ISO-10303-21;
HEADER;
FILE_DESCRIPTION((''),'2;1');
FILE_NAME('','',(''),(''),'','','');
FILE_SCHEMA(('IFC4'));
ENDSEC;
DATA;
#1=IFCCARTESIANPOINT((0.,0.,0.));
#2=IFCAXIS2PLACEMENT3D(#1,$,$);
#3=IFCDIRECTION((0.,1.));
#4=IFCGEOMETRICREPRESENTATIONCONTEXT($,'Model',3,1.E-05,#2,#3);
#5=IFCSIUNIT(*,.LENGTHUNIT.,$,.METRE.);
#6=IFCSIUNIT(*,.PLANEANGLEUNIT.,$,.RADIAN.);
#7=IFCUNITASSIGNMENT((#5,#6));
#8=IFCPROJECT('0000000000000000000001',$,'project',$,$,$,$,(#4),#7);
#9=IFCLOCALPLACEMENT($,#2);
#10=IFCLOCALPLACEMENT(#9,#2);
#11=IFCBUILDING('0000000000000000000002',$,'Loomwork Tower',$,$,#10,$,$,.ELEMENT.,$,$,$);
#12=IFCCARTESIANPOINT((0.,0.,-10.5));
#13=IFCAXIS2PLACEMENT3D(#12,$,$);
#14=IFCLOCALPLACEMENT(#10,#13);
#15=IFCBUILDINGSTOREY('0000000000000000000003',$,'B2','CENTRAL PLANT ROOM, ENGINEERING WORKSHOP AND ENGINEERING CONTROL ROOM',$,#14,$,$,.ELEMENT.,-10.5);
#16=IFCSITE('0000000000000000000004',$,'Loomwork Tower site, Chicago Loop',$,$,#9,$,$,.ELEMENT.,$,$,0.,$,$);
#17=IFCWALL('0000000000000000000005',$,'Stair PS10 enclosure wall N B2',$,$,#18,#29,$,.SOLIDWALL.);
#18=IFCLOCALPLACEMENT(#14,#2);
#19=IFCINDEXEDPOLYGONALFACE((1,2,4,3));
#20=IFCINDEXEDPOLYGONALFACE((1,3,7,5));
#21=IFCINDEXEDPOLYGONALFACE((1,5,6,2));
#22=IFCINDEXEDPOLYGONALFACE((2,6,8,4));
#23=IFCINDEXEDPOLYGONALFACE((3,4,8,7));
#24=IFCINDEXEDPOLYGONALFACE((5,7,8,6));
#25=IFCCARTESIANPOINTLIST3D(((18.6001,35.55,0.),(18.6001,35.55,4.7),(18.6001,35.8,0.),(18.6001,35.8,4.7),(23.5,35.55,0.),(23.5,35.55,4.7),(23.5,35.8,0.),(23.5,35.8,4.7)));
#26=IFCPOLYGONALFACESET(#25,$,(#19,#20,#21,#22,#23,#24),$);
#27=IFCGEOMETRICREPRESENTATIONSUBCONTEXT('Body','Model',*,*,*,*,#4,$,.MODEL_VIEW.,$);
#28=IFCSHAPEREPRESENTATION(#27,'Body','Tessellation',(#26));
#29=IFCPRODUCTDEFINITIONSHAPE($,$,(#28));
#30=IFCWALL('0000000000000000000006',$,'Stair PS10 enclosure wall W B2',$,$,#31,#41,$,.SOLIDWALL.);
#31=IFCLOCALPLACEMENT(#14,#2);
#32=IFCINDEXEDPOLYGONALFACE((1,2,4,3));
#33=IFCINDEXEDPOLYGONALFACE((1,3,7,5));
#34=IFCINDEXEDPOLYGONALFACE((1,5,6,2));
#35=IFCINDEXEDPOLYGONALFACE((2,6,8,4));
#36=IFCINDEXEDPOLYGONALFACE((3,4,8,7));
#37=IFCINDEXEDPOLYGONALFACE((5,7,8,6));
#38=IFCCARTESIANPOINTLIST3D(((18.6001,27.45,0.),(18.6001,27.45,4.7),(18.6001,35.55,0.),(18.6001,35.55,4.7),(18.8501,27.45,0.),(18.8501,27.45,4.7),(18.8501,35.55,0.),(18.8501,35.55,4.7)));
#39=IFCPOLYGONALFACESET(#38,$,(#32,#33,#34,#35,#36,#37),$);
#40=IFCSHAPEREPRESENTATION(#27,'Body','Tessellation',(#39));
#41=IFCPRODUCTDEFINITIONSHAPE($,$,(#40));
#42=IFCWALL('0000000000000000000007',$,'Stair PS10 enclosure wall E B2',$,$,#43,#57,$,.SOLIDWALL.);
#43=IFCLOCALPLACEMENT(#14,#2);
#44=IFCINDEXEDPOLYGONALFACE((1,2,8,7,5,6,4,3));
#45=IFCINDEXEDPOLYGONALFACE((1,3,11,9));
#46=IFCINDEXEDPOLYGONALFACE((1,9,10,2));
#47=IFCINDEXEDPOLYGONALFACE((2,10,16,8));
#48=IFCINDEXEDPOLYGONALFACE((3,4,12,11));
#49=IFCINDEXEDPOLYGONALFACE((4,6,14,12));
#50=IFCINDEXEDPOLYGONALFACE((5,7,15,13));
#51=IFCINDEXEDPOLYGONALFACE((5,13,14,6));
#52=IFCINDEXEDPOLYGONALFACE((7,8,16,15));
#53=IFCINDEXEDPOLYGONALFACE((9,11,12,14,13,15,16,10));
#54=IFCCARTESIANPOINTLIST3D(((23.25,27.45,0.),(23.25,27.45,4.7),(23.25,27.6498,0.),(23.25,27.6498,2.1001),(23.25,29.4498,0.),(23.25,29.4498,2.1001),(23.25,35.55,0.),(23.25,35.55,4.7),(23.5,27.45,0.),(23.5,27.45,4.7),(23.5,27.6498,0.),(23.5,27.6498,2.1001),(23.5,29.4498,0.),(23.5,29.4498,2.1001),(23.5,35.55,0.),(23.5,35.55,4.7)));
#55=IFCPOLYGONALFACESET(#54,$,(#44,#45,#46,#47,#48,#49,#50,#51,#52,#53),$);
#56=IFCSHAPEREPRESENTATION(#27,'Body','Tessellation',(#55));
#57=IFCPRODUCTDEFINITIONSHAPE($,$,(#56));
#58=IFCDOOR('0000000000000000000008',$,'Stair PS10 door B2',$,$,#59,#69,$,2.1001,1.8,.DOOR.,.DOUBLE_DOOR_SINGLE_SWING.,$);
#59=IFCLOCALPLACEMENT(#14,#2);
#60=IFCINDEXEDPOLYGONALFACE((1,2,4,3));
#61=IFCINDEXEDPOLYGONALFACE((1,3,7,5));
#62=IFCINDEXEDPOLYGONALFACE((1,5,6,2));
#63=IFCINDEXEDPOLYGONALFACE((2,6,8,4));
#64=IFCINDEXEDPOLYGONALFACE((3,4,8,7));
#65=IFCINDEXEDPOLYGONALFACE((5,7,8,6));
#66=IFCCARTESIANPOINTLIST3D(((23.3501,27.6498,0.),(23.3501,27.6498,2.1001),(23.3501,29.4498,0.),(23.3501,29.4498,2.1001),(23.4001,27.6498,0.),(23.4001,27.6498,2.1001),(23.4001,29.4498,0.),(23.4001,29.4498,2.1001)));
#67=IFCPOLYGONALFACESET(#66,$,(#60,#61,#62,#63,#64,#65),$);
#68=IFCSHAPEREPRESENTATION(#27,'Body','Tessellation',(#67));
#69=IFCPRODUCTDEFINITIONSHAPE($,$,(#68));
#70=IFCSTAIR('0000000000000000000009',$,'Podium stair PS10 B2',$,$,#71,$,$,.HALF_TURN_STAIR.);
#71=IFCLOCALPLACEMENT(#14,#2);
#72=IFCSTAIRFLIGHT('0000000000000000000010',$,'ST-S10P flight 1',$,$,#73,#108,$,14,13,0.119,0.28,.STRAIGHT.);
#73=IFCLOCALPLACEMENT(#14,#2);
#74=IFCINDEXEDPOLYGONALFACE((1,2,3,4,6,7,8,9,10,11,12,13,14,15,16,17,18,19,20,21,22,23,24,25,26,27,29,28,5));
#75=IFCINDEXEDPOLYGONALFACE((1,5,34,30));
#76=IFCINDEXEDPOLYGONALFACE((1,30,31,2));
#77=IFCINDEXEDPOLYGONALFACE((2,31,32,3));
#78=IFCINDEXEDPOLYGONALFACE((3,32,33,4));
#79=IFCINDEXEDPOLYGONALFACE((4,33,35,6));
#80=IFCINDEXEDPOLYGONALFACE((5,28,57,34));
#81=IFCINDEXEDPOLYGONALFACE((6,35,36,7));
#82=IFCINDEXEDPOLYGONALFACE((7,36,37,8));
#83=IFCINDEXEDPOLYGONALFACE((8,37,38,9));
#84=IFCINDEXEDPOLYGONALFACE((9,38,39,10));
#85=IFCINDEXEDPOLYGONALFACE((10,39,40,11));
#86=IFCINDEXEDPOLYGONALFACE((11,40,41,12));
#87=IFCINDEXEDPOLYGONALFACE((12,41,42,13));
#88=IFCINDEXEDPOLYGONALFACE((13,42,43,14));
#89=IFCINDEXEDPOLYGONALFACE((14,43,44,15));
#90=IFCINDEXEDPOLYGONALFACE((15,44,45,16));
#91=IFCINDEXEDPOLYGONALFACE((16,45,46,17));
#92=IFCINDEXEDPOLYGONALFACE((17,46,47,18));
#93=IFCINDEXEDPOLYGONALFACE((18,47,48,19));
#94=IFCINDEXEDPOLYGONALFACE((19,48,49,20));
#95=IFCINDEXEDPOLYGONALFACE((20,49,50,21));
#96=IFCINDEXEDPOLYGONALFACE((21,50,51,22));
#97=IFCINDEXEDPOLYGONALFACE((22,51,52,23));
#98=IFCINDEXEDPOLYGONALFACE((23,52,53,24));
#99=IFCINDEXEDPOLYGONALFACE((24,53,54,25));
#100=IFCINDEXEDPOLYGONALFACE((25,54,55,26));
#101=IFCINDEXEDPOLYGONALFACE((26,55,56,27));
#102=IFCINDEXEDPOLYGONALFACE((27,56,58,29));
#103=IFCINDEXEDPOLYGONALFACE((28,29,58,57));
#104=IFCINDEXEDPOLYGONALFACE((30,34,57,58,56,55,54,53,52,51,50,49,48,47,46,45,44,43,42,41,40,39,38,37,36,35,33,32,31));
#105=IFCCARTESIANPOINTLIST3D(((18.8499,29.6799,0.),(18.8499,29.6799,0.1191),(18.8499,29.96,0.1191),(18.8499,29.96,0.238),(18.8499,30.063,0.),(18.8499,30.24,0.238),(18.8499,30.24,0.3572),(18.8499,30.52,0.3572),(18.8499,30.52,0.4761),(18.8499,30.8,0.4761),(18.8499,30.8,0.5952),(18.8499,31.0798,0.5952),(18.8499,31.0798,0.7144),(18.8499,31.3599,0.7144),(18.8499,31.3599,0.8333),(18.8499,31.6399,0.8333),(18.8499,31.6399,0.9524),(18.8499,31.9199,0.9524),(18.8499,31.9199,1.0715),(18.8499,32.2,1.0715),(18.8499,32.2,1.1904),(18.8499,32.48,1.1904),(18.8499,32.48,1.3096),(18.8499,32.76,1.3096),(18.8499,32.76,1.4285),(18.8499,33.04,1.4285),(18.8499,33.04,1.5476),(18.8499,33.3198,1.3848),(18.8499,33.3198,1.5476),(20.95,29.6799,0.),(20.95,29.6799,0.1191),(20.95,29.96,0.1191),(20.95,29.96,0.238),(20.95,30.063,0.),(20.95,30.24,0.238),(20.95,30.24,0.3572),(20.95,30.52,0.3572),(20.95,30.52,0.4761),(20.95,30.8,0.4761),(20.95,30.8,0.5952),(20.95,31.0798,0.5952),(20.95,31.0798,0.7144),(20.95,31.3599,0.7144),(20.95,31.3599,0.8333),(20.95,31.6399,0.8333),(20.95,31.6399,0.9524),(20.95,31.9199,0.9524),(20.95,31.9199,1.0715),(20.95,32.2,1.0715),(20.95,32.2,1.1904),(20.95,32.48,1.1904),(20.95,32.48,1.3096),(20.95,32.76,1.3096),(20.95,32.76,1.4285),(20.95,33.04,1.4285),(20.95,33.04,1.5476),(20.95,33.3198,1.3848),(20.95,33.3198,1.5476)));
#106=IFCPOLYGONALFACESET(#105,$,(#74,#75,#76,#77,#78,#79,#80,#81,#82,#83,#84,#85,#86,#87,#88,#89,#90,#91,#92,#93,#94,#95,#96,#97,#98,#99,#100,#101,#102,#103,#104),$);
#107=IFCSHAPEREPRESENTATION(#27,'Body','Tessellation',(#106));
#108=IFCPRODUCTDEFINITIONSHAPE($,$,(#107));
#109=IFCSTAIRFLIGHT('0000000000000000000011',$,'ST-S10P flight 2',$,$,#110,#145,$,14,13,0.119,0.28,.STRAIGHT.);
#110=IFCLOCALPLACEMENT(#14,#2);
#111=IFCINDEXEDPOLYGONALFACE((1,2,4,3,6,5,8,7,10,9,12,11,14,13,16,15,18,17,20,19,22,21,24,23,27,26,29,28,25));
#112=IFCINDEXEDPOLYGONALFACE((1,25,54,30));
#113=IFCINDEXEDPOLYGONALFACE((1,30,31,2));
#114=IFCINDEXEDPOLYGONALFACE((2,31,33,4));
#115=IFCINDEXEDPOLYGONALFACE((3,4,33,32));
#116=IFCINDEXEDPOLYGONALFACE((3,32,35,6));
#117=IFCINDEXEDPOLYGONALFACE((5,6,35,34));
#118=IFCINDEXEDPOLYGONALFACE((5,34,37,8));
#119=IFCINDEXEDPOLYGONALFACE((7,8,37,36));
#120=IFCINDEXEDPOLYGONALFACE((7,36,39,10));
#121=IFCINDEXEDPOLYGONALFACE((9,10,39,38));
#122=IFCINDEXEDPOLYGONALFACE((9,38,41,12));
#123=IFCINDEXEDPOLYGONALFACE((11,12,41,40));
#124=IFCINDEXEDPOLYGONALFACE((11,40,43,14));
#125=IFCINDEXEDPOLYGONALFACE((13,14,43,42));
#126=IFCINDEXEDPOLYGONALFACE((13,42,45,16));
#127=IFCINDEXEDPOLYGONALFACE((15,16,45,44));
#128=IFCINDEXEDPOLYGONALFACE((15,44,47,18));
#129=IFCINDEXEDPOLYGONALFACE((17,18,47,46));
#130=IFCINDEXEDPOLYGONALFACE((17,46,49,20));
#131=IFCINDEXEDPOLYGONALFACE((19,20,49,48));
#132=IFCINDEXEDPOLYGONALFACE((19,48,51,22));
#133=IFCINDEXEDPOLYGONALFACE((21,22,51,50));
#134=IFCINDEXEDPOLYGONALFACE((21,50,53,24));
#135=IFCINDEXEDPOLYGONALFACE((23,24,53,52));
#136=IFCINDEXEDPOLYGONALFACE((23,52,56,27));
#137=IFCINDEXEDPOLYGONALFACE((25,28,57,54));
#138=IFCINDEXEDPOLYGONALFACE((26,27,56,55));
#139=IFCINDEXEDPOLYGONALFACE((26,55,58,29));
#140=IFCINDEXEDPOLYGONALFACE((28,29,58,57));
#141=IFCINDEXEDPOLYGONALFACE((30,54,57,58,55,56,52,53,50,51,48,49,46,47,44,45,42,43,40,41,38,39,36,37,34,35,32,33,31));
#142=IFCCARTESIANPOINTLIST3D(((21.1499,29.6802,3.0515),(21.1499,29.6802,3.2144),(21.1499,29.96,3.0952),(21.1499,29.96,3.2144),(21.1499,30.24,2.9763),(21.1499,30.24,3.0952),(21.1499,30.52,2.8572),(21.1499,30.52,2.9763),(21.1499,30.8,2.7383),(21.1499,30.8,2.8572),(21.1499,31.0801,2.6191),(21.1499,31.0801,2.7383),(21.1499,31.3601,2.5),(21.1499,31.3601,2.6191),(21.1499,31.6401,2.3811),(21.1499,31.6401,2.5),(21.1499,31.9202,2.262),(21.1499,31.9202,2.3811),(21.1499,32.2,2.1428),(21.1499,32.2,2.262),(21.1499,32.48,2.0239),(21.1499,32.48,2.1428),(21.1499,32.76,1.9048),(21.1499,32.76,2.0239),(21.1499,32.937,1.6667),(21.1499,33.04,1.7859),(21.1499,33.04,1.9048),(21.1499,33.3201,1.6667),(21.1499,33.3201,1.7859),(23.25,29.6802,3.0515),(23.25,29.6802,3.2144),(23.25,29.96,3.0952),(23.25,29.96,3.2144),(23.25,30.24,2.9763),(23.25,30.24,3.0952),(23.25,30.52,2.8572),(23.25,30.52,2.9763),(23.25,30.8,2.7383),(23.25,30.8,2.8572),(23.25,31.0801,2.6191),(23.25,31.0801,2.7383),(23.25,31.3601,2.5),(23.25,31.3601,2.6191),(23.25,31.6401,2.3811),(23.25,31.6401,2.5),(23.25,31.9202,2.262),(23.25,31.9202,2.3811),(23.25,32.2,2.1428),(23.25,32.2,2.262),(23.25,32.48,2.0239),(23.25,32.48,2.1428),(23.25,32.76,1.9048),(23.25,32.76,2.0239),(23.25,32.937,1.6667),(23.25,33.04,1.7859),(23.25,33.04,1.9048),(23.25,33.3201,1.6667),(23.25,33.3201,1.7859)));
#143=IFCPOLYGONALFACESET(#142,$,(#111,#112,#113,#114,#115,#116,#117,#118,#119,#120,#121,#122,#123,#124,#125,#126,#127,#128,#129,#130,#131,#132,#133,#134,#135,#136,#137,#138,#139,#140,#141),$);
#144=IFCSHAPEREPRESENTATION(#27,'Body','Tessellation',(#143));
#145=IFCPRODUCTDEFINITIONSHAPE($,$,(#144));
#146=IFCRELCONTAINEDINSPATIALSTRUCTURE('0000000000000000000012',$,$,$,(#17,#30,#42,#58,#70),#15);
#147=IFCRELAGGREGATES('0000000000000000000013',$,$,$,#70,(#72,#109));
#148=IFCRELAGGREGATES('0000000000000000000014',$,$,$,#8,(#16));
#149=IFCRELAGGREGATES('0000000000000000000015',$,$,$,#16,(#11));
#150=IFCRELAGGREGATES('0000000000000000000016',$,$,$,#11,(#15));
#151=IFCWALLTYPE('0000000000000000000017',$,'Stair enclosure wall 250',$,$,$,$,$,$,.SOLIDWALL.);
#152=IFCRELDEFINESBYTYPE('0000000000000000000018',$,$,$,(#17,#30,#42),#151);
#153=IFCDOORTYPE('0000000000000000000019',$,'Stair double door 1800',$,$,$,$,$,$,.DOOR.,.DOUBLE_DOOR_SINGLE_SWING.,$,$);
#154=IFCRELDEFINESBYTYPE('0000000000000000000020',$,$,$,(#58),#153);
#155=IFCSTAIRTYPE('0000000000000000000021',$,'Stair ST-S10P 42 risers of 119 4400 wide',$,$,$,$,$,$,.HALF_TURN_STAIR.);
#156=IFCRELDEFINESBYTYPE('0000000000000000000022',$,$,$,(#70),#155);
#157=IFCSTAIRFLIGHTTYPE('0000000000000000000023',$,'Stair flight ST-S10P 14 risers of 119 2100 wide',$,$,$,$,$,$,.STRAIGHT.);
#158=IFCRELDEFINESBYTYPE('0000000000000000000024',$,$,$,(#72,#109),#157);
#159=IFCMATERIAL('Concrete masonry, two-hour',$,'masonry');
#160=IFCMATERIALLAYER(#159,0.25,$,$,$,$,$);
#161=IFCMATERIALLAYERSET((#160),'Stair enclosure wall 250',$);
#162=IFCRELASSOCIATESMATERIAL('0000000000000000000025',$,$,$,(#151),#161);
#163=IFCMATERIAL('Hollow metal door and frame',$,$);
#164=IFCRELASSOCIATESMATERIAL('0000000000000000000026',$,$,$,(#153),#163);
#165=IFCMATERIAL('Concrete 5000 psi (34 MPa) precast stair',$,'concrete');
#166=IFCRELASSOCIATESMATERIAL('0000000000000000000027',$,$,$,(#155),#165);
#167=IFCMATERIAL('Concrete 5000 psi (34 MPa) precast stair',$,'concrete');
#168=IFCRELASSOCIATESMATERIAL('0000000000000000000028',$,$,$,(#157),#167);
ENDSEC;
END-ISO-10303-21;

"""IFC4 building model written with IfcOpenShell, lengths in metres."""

from ifc_helpers import new_model, si_unit, direction, frame, frame_2d, origin, place, context, subcontext, project, spatial, polyline, rectangle, outline, extrude, material, layer, layer_set, type_object, element, fill, aggregate, save


model = new_model("IFC4")

# Units and contexts
model_context = context("Model", 3, precision=1e-05, world=origin(), true_north=direction((0.0, 1.0)))
body_context = subcontext(model_context, "Body", "Model", "MODEL_VIEW")
ifc_project = project(units=[si_unit("LENGTHUNIT", "METRE"), si_unit("PLANEANGLEUNIT", "RADIAN")], contexts=[model_context])

# Site, building, storey
site_placement = place(None, origin())
site = spatial("IfcSite", under=ifc_project, at=site_placement, Name="Loomwork Tower site, Chicago Loop", CompositionType="ELEMENT", RefElevation=0.0)
building_placement = place(site_placement, origin())
building = spatial("IfcBuilding", under=site, at=building_placement, Name="Loomwork Tower", CompositionType="ELEMENT")
storey_placement = place(building_placement, frame((0.0, 0.0, -10.5)))
storey = spatial("IfcBuildingStorey", under=building, at=storey_placement, Name="B2", Description="CENTRAL PLANT ROOM, ENGINEERING WORKSHOP AND ENGINEERING CONTROL ROOM", CompositionType="ELEMENT", Elevation=-10.5)

# Walls
ifc_material_1 = material(Name="Concrete masonry, two-hour", Category="masonry")
ifc_layer_1 = layer(ifc_material_1, 0.25)
ifc_layer_set_1 = layer_set([ifc_layer_1], Name="Stair enclosure wall 250")
wall_type_1 = type_object("IfcWallType", Name="Stair enclosure wall 250", PredefinedType="SOLIDWALL", material=ifc_layer_set_1)
for number, where, z_axis, x_axis, name in (
    (1, (18.6001, 35.675, 0.0), (0.0, 0.0, 1.0), (1.0, 0.0, 0.0), "Stair PS10 enclosure wall N B2"),
):
    element("IfcWall", number, at=place(storey_placement, frame(where, z_axis=z_axis, x_axis=x_axis)), inside=storey, type_object=wall_type_1, Name=name, PredefinedType="SOLIDWALL", context=body_context, shape_type="SweptSolid", body=[
        extrude(rectangle(XDim=4.8999, YDim=0.25, at=frame_2d((2.45, 0.0))), origin(), (0.0, 0.0, 1.0), 4.7),
    ])
wall_1_placement = place(storey_placement, frame((18.7251, 27.45, 0.0), z_axis=(0.0, 0.0, 1.0), x_axis=(0.0, 1.0, 0.0)))
element("IfcWall", 2, at=wall_1_placement, inside=storey, type_object=wall_type_1, Name="Stair PS10 enclosure wall W B2", PredefinedType="SOLIDWALL", context=body_context, shape_type="SweptSolid", body=[
    extrude(rectangle(XDim=8.1001, YDim=0.25, at=frame_2d((4.05, 0.0))), origin(), (0.0, 0.0, 1.0), 4.7),
])

# Wall, opening, door
wall_2_placement = place(storey_placement, frame((23.375, 27.45, 0.0), z_axis=(0.0, 0.0, 1.0), x_axis=(0.0, 1.0, 0.0)))
wall_2 = element("IfcWall", 3, at=wall_2_placement, inside=storey, type_object=wall_type_1, Name="Stair PS10 enclosure wall E B2", PredefinedType="SOLIDWALL", context=body_context, shape_type="SweptSolid", body=[
    extrude(rectangle(XDim=8.1001, YDim=0.25, at=frame_2d((4.05, 0.0))), origin(), (0.0, 0.0, 1.0), 4.7),
])
opening_1_placement = place(wall_2_placement, frame((0.2, 0.0, 0.0)))
opening_1 = element("IfcOpeningElement", 4, at=opening_1_placement, cuts=wall_2, PredefinedType="OPENING", context=body_context, shape_type="SweptSolid", body=[
    extrude(rectangle(XDim=1.8, YDim=2.1001, at=frame_2d((0.8999, 1.05))), frame((0.0, 0.135, 0.0), z_axis=(0.0, -1.0, 0.0), x_axis=(1.0, 0.0, 0.0)), (0.0, 0.0, 1.0), 0.27),
])
ifc_material_2 = material(Name="Hollow metal door and frame")
door_type_1 = type_object("IfcDoorType", Name="Stair double door 1800", OperationType="DOUBLE_DOOR_SINGLE_SWING", PredefinedType="DOOR", material=ifc_material_2)
door_1_placement = place(opening_1_placement, origin())
door_1 = element("IfcDoor", 5, at=door_1_placement, inside=storey, type_object=door_type_1, Name="Stair PS10 door B2", OperationType="DOUBLE_DOOR_SINGLE_SWING", OverallHeight=2.1001, OverallWidth=1.8, PredefinedType="DOOR", context=body_context, shape_type="SweptSolid", body=[
    extrude(rectangle(XDim=1.8, YDim=2.1001, at=frame_2d((0.8999, 1.05))), frame((0.0, 0.0249, 0.0), z_axis=(0.0, -1.0, 0.0), x_axis=(1.0, 0.0, 0.0)), (0.0, 0.0, 1.0), 0.05),
])
fill(opening_1, door_1)

# Stair, stair flights
ifc_material_3 = material(Name="Concrete 5000 psi (34 MPa) precast stair", Category="concrete")
stair_type = type_object("IfcStairType", Name="Stair ST-S10P 42 risers of 119 4400 wide", PredefinedType="HALF_TURN_STAIR", material=ifc_material_3)
stair_placement = place(storey_placement, origin())
stair = element("IfcStair", 6, at=stair_placement, inside=storey, type_object=stair_type, Name="Podium stair PS10 B2", PredefinedType="HALF_TURN_STAIR")
ifc_material_4 = material(Name="Concrete 5000 psi (34 MPa) precast stair", Category="concrete")
stair_flight_type = type_object("IfcStairFlightType", Name="Stair flight ST-S10P 14 risers of 119 2100 wide", PredefinedType="STRAIGHT", material=ifc_material_4)
stair_flight_1_placement = place(storey_placement, frame((19.8999, 29.6799, 0.0), z_axis=(0.0, 0.0, 1.0), x_axis=(0.0, 1.0, 0.0)))
stair_flight_1 = element("IfcStairFlight", 7, at=stair_flight_1_placement, type_object=stair_flight_type, Name="ST-S10P flight 1", NumberOfRisers=14, NumberOfTreads=13, PredefinedType="STRAIGHT", RiserHeight=0.119, TreadLength=0.28, context=body_context, shape_type="SweptSolid", body=[
    extrude(outline(polyline([(0.0, 0.0), (0.0, 0.1191), (0.28, 0.1191), (0.28, 0.238), (0.5601, 0.238), (0.5601, 0.3572), (0.8401, 0.3572), (0.8401, 0.4761), (1.1201, 0.4761), (1.1201, 0.5952), (1.3999, 0.5952), (1.3999, 0.7144), (1.6799, 0.7144), (1.6799, 0.8333), (1.96, 0.8333), (1.96, 0.9524), (2.24, 0.9524), (2.24, 1.0715), (2.52, 1.0715), (2.52, 1.1904), (2.8, 1.1904), (2.8, 1.3096), (3.0801, 1.3096), (3.0801, 1.4285), (3.3601, 1.4285), (3.3601, 1.5476), (3.6399, 1.5476), (3.6399, 1.6667), (3.6399, 1.3848), (0.3831, 0.0), (0.0, 0.0)])), frame((0.0, 1.05, 0.0), z_axis=(0.0, -1.0, 0.0), x_axis=(1.0, 0.0, 0.0)), (0.0, 0.0, 1.0), 2.1001),
])
stair_flight_2_placement = place(storey_placement, frame((22.2, 33.3201, 1.6667), z_axis=(0.0, 0.0, 1.0), x_axis=(0.0, -1.0, 0.0)))
stair_flight_2 = element("IfcStairFlight", 8, at=stair_flight_2_placement, type_object=stair_flight_type, Name="ST-S10P flight 2", NumberOfRisers=14, NumberOfTreads=13, PredefinedType="STRAIGHT", RiserHeight=0.119, TreadLength=0.28, context=body_context, shape_type="SweptSolid", body=[
    extrude(outline(polyline([(0.0, 0.0), (0.0, 0.1191), (0.28, 0.1191), (0.28, 0.238), (0.5601, 0.238), (0.5601, 0.3572), (0.8401, 0.3572), (0.8401, 0.4761), (1.1201, 0.4761), (1.1201, 0.5952), (1.3999, 0.5952), (1.3999, 0.7144), (1.6799, 0.7144), (1.6799, 0.8333), (1.96, 0.8333), (1.96, 0.9524), (2.24, 0.9524), (2.24, 1.0715), (2.52, 1.0715), (2.52, 1.1904), (2.8, 1.1904), (2.8, 1.3096), (3.0801, 1.3096), (3.0801, 1.4285), (3.3601, 1.4285), (3.3601, 1.5476), (3.6399, 1.5476), (3.6399, 1.6667), (3.6399, 1.3848), (0.3831, 0.0), (0.0, 0.0)])), frame((0.0, 1.05, 0.0), z_axis=(0.0, -1.0, 0.0), x_axis=(1.0, 0.0, 0.0)), (0.0, 0.0, 1.0), 2.1001),
])
aggregate(stair, [stair_flight_1, stair_flight_2])

save(model, "model.ifc")
